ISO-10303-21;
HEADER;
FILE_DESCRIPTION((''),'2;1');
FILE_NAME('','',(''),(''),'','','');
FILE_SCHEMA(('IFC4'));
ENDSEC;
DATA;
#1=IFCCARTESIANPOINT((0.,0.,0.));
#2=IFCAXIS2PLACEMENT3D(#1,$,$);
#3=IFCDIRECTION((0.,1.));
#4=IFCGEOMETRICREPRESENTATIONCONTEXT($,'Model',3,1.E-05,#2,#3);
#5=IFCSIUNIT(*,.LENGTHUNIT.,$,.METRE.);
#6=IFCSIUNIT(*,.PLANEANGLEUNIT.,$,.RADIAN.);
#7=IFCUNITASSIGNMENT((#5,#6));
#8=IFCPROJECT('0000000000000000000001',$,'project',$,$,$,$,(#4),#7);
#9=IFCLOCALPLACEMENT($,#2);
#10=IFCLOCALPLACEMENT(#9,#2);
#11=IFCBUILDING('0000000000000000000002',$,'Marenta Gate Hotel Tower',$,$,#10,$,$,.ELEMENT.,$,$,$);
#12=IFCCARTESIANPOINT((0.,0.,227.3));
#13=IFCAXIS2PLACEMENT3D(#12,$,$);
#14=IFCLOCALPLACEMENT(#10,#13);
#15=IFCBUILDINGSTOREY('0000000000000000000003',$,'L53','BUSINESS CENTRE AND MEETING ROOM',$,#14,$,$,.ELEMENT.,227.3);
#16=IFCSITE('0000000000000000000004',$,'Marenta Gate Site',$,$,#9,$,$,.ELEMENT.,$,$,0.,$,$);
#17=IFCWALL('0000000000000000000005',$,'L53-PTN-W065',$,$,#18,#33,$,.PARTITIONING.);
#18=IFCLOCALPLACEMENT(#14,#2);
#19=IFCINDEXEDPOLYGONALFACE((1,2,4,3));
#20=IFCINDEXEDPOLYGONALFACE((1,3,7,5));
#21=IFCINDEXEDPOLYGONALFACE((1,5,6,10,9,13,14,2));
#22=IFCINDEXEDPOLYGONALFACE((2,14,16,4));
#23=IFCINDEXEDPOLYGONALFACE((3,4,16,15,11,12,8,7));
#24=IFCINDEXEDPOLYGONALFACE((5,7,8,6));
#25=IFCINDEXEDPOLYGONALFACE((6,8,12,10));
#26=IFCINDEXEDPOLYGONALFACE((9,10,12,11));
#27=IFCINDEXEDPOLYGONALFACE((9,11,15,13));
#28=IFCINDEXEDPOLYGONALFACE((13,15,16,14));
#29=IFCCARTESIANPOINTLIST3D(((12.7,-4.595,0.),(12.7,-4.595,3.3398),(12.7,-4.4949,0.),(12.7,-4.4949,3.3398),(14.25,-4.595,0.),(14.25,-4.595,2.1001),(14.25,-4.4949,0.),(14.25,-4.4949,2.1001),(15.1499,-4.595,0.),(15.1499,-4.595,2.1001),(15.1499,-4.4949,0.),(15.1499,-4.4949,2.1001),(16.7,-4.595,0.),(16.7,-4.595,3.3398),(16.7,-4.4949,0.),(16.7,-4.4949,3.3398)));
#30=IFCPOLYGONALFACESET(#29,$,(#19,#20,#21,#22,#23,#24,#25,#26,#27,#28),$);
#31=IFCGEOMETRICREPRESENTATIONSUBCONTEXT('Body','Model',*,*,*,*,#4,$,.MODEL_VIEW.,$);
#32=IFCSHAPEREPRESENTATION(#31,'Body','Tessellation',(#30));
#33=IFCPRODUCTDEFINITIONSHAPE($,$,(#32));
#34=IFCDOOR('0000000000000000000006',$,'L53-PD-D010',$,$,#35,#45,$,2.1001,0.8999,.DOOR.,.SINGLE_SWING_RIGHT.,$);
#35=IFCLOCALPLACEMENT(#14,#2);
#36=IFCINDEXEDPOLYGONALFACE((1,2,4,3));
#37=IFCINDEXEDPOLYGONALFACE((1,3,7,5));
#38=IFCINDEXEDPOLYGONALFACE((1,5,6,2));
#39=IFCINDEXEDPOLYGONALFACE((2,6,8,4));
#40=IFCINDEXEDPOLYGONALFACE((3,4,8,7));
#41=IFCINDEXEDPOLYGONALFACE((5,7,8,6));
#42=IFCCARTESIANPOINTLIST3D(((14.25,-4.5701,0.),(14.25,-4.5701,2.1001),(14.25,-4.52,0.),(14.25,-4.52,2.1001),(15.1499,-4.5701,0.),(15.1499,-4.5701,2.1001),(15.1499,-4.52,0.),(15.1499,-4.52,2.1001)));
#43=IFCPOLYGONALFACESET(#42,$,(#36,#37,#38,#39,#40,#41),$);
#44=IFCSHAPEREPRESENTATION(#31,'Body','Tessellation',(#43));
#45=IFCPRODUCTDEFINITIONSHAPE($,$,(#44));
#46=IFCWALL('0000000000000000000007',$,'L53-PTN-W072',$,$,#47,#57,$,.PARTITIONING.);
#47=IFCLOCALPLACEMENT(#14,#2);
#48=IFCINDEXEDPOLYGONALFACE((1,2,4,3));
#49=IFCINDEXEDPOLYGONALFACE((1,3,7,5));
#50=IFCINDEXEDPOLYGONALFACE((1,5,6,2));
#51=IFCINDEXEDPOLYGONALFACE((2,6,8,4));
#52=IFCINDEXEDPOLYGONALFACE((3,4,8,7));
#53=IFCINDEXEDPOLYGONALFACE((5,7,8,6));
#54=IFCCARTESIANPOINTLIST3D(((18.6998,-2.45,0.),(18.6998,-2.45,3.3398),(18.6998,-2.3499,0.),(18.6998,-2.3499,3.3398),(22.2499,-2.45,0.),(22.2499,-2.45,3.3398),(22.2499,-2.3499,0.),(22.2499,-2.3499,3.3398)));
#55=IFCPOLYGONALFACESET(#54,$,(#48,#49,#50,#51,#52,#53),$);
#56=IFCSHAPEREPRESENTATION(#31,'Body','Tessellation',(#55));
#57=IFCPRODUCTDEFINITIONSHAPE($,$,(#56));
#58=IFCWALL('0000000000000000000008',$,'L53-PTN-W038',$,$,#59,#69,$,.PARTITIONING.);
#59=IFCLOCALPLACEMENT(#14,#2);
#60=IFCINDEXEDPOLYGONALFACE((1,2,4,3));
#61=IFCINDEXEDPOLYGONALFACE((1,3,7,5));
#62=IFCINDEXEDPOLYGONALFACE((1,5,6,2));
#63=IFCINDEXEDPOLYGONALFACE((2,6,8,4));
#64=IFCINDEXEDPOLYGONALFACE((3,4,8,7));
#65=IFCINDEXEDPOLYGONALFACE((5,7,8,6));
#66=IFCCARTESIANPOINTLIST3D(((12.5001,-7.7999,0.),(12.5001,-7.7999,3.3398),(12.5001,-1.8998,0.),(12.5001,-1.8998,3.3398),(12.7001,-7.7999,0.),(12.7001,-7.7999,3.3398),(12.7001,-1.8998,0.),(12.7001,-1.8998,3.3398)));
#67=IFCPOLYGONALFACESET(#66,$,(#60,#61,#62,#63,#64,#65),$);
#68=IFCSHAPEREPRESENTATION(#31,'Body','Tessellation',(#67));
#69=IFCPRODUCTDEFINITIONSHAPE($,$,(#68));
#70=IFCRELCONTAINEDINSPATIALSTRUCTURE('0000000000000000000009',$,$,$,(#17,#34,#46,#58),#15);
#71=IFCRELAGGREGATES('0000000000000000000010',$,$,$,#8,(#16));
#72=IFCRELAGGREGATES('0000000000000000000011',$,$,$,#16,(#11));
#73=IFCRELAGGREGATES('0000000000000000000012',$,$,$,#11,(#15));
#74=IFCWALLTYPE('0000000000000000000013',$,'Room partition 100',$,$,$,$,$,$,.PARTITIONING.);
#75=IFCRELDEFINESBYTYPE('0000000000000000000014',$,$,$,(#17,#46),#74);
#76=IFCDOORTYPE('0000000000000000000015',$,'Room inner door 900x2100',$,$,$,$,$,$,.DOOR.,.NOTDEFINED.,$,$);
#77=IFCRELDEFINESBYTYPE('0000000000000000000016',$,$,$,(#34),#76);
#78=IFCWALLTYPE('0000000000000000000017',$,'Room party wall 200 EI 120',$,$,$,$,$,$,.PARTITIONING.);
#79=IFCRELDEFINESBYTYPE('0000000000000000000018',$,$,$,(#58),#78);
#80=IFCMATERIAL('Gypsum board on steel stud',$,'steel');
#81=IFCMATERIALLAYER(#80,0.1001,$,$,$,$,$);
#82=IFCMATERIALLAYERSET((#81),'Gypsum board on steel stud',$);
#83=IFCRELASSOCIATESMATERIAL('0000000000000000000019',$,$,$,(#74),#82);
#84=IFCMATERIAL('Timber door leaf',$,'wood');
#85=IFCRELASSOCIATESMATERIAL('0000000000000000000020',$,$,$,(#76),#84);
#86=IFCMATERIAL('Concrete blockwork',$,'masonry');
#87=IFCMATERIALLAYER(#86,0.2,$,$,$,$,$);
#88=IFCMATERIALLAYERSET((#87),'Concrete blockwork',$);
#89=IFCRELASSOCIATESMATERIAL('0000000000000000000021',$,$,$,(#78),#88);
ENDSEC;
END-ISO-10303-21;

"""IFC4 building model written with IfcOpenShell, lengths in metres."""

from ifc_helpers import new_model, si_unit, direction, frame, frame_2d, origin, place, context, subcontext, project, spatial, rectangle, extrude, material, layer, layer_set, type_object, element, fill, save


model = new_model("IFC4")

# Units and contexts
model_context = context("Model", 3, precision=1e-05, world=origin(), true_north=direction((0.0, 1.0)))
body_context = subcontext(model_context, "Body", "Model", "MODEL_VIEW")
ifc_project = project(units=[si_unit("LENGTHUNIT", "METRE"), si_unit("PLANEANGLEUNIT", "RADIAN")], contexts=[model_context])

# Site, building, storey
site_placement = place(None, origin())
site = spatial("IfcSite", under=ifc_project, at=site_placement, Name="Marenta Gate Site", CompositionType="ELEMENT", RefElevation=0.0)
building_placement = place(site_placement, origin())
building = spatial("IfcBuilding", under=site, at=building_placement, Name="Marenta Gate Hotel Tower", CompositionType="ELEMENT")
storey_placement = place(building_placement, frame((0.0, 0.0, 227.3)))
storey = spatial("IfcBuildingStorey", under=building, at=storey_placement, Name="L53", Description="BUSINESS CENTRE AND MEETING ROOM", CompositionType="ELEMENT", Elevation=227.3)

# Shared definitions
ifc_material_1 = material(Name="Gypsum board on steel stud", Category="steel")
ifc_layer_1 = layer(ifc_material_1, 0.1001)
ifc_layer_set_1 = layer_set([ifc_layer_1], Name="Gypsum board on steel stud")
wall_type_1 = type_object("IfcWallType", Name="Room partition 100", PredefinedType="PARTITIONING", material=ifc_layer_set_1)
ifc_material_2 = material(Name="Timber door leaf", Category="wood")
door_type_1 = type_object("IfcDoorType", Name="Room inner door 900x2100", OperationType="NOTDEFINED", PredefinedType="DOOR", material=ifc_material_2)

# Wall, opening, door
wall_1_placement = place(storey_placement, frame((12.7, -4.5449, 0.0), z_axis=(0.0, 0.0, 1.0), x_axis=(1.0, 0.0, 0.0)))
wall_1 = element("IfcWall", 1, at=wall_1_placement, inside=storey, type_object=wall_type_1, Name="L53-PTN-W065", PredefinedType="PARTITIONING", context=body_context, shape_type="SweptSolid", body=[
    extrude(rectangle(XDim=4.0, YDim=0.1001, at=frame_2d((2.0, 0.0))), origin(), (0.0, 0.0, 1.0), 3.3398),
])
opening_1_placement = place(wall_1_placement, frame((1.55, 0.0, 0.0)))
opening_1 = element("IfcOpeningElement", 2, at=opening_1_placement, cuts=wall_1, PredefinedType="OPENING", context=body_context, shape_type="SweptSolid", body=[
    extrude(rectangle(XDim=0.8999, YDim=2.1001, at=frame_2d((0.45, 1.05))), frame((0.0, 0.05, 0.0), z_axis=(0.0, -1.0, 0.0), x_axis=(1.0, 0.0, 0.0)), (0.0, 0.0, 1.0), 0.1001),
])
door_1_placement = place(opening_1_placement, origin())
door_1 = element("IfcDoor", 3, at=door_1_placement, inside=storey, type_object=door_type_1, Name="L53-PD-D010", OperationType="SINGLE_SWING_RIGHT", OverallHeight=2.1001, OverallWidth=0.8999, PredefinedType="DOOR", context=body_context, shape_type="SweptSolid", body=[
    extrude(rectangle(XDim=0.8999, YDim=2.1001, at=frame_2d((0.45, 1.05))), frame((0.0, 0.0249, 0.0), z_axis=(0.0, -1.0, 0.0), x_axis=(1.0, 0.0, 0.0)), (0.0, 0.0, 1.0), 0.05),
])
fill(opening_1, door_1)

# Walls
wall_2_placement = place(storey_placement, frame((18.7, -2.3999, 0.0), z_axis=(0.0, 0.0, 1.0), x_axis=(1.0, 0.0, 0.0)))
element("IfcWall", 4, at=wall_2_placement, inside=storey, type_object=wall_type_1, Name="L53-PTN-W072", PredefinedType="PARTITIONING", context=body_context, shape_type="SweptSolid", body=[
    extrude(rectangle(XDim=3.55, YDim=0.1001, at=frame_2d((1.7749, 0.0))), origin(), (0.0, 0.0, 1.0), 3.3398),
])
ifc_material_3 = material(Name="Concrete blockwork", Category="masonry")
ifc_layer_2 = layer(ifc_material_3, 0.2)
ifc_layer_set_2 = layer_set([ifc_layer_2], Name="Concrete blockwork")
wall_type_2 = type_object("IfcWallType", Name="Room party wall 200 EI 120", PredefinedType="PARTITIONING", material=ifc_layer_set_2)
wall_3_placement = place(storey_placement, frame((12.6001, -7.8, 0.0), z_axis=(0.0, 0.0, 1.0), x_axis=(0.0, 1.0, 0.0)))
element("IfcWall", 5, at=wall_3_placement, inside=storey, type_object=wall_type_2, Name="L53-PTN-W038", PredefinedType="PARTITIONING", context=body_context, shape_type="SweptSolid", body=[
    extrude(rectangle(XDim=5.9001, YDim=0.2, at=frame_2d((2.9502, 0.0))), origin(), (0.0, 0.0, 1.0), 3.3398),
])

save(model, "model.ifc")
